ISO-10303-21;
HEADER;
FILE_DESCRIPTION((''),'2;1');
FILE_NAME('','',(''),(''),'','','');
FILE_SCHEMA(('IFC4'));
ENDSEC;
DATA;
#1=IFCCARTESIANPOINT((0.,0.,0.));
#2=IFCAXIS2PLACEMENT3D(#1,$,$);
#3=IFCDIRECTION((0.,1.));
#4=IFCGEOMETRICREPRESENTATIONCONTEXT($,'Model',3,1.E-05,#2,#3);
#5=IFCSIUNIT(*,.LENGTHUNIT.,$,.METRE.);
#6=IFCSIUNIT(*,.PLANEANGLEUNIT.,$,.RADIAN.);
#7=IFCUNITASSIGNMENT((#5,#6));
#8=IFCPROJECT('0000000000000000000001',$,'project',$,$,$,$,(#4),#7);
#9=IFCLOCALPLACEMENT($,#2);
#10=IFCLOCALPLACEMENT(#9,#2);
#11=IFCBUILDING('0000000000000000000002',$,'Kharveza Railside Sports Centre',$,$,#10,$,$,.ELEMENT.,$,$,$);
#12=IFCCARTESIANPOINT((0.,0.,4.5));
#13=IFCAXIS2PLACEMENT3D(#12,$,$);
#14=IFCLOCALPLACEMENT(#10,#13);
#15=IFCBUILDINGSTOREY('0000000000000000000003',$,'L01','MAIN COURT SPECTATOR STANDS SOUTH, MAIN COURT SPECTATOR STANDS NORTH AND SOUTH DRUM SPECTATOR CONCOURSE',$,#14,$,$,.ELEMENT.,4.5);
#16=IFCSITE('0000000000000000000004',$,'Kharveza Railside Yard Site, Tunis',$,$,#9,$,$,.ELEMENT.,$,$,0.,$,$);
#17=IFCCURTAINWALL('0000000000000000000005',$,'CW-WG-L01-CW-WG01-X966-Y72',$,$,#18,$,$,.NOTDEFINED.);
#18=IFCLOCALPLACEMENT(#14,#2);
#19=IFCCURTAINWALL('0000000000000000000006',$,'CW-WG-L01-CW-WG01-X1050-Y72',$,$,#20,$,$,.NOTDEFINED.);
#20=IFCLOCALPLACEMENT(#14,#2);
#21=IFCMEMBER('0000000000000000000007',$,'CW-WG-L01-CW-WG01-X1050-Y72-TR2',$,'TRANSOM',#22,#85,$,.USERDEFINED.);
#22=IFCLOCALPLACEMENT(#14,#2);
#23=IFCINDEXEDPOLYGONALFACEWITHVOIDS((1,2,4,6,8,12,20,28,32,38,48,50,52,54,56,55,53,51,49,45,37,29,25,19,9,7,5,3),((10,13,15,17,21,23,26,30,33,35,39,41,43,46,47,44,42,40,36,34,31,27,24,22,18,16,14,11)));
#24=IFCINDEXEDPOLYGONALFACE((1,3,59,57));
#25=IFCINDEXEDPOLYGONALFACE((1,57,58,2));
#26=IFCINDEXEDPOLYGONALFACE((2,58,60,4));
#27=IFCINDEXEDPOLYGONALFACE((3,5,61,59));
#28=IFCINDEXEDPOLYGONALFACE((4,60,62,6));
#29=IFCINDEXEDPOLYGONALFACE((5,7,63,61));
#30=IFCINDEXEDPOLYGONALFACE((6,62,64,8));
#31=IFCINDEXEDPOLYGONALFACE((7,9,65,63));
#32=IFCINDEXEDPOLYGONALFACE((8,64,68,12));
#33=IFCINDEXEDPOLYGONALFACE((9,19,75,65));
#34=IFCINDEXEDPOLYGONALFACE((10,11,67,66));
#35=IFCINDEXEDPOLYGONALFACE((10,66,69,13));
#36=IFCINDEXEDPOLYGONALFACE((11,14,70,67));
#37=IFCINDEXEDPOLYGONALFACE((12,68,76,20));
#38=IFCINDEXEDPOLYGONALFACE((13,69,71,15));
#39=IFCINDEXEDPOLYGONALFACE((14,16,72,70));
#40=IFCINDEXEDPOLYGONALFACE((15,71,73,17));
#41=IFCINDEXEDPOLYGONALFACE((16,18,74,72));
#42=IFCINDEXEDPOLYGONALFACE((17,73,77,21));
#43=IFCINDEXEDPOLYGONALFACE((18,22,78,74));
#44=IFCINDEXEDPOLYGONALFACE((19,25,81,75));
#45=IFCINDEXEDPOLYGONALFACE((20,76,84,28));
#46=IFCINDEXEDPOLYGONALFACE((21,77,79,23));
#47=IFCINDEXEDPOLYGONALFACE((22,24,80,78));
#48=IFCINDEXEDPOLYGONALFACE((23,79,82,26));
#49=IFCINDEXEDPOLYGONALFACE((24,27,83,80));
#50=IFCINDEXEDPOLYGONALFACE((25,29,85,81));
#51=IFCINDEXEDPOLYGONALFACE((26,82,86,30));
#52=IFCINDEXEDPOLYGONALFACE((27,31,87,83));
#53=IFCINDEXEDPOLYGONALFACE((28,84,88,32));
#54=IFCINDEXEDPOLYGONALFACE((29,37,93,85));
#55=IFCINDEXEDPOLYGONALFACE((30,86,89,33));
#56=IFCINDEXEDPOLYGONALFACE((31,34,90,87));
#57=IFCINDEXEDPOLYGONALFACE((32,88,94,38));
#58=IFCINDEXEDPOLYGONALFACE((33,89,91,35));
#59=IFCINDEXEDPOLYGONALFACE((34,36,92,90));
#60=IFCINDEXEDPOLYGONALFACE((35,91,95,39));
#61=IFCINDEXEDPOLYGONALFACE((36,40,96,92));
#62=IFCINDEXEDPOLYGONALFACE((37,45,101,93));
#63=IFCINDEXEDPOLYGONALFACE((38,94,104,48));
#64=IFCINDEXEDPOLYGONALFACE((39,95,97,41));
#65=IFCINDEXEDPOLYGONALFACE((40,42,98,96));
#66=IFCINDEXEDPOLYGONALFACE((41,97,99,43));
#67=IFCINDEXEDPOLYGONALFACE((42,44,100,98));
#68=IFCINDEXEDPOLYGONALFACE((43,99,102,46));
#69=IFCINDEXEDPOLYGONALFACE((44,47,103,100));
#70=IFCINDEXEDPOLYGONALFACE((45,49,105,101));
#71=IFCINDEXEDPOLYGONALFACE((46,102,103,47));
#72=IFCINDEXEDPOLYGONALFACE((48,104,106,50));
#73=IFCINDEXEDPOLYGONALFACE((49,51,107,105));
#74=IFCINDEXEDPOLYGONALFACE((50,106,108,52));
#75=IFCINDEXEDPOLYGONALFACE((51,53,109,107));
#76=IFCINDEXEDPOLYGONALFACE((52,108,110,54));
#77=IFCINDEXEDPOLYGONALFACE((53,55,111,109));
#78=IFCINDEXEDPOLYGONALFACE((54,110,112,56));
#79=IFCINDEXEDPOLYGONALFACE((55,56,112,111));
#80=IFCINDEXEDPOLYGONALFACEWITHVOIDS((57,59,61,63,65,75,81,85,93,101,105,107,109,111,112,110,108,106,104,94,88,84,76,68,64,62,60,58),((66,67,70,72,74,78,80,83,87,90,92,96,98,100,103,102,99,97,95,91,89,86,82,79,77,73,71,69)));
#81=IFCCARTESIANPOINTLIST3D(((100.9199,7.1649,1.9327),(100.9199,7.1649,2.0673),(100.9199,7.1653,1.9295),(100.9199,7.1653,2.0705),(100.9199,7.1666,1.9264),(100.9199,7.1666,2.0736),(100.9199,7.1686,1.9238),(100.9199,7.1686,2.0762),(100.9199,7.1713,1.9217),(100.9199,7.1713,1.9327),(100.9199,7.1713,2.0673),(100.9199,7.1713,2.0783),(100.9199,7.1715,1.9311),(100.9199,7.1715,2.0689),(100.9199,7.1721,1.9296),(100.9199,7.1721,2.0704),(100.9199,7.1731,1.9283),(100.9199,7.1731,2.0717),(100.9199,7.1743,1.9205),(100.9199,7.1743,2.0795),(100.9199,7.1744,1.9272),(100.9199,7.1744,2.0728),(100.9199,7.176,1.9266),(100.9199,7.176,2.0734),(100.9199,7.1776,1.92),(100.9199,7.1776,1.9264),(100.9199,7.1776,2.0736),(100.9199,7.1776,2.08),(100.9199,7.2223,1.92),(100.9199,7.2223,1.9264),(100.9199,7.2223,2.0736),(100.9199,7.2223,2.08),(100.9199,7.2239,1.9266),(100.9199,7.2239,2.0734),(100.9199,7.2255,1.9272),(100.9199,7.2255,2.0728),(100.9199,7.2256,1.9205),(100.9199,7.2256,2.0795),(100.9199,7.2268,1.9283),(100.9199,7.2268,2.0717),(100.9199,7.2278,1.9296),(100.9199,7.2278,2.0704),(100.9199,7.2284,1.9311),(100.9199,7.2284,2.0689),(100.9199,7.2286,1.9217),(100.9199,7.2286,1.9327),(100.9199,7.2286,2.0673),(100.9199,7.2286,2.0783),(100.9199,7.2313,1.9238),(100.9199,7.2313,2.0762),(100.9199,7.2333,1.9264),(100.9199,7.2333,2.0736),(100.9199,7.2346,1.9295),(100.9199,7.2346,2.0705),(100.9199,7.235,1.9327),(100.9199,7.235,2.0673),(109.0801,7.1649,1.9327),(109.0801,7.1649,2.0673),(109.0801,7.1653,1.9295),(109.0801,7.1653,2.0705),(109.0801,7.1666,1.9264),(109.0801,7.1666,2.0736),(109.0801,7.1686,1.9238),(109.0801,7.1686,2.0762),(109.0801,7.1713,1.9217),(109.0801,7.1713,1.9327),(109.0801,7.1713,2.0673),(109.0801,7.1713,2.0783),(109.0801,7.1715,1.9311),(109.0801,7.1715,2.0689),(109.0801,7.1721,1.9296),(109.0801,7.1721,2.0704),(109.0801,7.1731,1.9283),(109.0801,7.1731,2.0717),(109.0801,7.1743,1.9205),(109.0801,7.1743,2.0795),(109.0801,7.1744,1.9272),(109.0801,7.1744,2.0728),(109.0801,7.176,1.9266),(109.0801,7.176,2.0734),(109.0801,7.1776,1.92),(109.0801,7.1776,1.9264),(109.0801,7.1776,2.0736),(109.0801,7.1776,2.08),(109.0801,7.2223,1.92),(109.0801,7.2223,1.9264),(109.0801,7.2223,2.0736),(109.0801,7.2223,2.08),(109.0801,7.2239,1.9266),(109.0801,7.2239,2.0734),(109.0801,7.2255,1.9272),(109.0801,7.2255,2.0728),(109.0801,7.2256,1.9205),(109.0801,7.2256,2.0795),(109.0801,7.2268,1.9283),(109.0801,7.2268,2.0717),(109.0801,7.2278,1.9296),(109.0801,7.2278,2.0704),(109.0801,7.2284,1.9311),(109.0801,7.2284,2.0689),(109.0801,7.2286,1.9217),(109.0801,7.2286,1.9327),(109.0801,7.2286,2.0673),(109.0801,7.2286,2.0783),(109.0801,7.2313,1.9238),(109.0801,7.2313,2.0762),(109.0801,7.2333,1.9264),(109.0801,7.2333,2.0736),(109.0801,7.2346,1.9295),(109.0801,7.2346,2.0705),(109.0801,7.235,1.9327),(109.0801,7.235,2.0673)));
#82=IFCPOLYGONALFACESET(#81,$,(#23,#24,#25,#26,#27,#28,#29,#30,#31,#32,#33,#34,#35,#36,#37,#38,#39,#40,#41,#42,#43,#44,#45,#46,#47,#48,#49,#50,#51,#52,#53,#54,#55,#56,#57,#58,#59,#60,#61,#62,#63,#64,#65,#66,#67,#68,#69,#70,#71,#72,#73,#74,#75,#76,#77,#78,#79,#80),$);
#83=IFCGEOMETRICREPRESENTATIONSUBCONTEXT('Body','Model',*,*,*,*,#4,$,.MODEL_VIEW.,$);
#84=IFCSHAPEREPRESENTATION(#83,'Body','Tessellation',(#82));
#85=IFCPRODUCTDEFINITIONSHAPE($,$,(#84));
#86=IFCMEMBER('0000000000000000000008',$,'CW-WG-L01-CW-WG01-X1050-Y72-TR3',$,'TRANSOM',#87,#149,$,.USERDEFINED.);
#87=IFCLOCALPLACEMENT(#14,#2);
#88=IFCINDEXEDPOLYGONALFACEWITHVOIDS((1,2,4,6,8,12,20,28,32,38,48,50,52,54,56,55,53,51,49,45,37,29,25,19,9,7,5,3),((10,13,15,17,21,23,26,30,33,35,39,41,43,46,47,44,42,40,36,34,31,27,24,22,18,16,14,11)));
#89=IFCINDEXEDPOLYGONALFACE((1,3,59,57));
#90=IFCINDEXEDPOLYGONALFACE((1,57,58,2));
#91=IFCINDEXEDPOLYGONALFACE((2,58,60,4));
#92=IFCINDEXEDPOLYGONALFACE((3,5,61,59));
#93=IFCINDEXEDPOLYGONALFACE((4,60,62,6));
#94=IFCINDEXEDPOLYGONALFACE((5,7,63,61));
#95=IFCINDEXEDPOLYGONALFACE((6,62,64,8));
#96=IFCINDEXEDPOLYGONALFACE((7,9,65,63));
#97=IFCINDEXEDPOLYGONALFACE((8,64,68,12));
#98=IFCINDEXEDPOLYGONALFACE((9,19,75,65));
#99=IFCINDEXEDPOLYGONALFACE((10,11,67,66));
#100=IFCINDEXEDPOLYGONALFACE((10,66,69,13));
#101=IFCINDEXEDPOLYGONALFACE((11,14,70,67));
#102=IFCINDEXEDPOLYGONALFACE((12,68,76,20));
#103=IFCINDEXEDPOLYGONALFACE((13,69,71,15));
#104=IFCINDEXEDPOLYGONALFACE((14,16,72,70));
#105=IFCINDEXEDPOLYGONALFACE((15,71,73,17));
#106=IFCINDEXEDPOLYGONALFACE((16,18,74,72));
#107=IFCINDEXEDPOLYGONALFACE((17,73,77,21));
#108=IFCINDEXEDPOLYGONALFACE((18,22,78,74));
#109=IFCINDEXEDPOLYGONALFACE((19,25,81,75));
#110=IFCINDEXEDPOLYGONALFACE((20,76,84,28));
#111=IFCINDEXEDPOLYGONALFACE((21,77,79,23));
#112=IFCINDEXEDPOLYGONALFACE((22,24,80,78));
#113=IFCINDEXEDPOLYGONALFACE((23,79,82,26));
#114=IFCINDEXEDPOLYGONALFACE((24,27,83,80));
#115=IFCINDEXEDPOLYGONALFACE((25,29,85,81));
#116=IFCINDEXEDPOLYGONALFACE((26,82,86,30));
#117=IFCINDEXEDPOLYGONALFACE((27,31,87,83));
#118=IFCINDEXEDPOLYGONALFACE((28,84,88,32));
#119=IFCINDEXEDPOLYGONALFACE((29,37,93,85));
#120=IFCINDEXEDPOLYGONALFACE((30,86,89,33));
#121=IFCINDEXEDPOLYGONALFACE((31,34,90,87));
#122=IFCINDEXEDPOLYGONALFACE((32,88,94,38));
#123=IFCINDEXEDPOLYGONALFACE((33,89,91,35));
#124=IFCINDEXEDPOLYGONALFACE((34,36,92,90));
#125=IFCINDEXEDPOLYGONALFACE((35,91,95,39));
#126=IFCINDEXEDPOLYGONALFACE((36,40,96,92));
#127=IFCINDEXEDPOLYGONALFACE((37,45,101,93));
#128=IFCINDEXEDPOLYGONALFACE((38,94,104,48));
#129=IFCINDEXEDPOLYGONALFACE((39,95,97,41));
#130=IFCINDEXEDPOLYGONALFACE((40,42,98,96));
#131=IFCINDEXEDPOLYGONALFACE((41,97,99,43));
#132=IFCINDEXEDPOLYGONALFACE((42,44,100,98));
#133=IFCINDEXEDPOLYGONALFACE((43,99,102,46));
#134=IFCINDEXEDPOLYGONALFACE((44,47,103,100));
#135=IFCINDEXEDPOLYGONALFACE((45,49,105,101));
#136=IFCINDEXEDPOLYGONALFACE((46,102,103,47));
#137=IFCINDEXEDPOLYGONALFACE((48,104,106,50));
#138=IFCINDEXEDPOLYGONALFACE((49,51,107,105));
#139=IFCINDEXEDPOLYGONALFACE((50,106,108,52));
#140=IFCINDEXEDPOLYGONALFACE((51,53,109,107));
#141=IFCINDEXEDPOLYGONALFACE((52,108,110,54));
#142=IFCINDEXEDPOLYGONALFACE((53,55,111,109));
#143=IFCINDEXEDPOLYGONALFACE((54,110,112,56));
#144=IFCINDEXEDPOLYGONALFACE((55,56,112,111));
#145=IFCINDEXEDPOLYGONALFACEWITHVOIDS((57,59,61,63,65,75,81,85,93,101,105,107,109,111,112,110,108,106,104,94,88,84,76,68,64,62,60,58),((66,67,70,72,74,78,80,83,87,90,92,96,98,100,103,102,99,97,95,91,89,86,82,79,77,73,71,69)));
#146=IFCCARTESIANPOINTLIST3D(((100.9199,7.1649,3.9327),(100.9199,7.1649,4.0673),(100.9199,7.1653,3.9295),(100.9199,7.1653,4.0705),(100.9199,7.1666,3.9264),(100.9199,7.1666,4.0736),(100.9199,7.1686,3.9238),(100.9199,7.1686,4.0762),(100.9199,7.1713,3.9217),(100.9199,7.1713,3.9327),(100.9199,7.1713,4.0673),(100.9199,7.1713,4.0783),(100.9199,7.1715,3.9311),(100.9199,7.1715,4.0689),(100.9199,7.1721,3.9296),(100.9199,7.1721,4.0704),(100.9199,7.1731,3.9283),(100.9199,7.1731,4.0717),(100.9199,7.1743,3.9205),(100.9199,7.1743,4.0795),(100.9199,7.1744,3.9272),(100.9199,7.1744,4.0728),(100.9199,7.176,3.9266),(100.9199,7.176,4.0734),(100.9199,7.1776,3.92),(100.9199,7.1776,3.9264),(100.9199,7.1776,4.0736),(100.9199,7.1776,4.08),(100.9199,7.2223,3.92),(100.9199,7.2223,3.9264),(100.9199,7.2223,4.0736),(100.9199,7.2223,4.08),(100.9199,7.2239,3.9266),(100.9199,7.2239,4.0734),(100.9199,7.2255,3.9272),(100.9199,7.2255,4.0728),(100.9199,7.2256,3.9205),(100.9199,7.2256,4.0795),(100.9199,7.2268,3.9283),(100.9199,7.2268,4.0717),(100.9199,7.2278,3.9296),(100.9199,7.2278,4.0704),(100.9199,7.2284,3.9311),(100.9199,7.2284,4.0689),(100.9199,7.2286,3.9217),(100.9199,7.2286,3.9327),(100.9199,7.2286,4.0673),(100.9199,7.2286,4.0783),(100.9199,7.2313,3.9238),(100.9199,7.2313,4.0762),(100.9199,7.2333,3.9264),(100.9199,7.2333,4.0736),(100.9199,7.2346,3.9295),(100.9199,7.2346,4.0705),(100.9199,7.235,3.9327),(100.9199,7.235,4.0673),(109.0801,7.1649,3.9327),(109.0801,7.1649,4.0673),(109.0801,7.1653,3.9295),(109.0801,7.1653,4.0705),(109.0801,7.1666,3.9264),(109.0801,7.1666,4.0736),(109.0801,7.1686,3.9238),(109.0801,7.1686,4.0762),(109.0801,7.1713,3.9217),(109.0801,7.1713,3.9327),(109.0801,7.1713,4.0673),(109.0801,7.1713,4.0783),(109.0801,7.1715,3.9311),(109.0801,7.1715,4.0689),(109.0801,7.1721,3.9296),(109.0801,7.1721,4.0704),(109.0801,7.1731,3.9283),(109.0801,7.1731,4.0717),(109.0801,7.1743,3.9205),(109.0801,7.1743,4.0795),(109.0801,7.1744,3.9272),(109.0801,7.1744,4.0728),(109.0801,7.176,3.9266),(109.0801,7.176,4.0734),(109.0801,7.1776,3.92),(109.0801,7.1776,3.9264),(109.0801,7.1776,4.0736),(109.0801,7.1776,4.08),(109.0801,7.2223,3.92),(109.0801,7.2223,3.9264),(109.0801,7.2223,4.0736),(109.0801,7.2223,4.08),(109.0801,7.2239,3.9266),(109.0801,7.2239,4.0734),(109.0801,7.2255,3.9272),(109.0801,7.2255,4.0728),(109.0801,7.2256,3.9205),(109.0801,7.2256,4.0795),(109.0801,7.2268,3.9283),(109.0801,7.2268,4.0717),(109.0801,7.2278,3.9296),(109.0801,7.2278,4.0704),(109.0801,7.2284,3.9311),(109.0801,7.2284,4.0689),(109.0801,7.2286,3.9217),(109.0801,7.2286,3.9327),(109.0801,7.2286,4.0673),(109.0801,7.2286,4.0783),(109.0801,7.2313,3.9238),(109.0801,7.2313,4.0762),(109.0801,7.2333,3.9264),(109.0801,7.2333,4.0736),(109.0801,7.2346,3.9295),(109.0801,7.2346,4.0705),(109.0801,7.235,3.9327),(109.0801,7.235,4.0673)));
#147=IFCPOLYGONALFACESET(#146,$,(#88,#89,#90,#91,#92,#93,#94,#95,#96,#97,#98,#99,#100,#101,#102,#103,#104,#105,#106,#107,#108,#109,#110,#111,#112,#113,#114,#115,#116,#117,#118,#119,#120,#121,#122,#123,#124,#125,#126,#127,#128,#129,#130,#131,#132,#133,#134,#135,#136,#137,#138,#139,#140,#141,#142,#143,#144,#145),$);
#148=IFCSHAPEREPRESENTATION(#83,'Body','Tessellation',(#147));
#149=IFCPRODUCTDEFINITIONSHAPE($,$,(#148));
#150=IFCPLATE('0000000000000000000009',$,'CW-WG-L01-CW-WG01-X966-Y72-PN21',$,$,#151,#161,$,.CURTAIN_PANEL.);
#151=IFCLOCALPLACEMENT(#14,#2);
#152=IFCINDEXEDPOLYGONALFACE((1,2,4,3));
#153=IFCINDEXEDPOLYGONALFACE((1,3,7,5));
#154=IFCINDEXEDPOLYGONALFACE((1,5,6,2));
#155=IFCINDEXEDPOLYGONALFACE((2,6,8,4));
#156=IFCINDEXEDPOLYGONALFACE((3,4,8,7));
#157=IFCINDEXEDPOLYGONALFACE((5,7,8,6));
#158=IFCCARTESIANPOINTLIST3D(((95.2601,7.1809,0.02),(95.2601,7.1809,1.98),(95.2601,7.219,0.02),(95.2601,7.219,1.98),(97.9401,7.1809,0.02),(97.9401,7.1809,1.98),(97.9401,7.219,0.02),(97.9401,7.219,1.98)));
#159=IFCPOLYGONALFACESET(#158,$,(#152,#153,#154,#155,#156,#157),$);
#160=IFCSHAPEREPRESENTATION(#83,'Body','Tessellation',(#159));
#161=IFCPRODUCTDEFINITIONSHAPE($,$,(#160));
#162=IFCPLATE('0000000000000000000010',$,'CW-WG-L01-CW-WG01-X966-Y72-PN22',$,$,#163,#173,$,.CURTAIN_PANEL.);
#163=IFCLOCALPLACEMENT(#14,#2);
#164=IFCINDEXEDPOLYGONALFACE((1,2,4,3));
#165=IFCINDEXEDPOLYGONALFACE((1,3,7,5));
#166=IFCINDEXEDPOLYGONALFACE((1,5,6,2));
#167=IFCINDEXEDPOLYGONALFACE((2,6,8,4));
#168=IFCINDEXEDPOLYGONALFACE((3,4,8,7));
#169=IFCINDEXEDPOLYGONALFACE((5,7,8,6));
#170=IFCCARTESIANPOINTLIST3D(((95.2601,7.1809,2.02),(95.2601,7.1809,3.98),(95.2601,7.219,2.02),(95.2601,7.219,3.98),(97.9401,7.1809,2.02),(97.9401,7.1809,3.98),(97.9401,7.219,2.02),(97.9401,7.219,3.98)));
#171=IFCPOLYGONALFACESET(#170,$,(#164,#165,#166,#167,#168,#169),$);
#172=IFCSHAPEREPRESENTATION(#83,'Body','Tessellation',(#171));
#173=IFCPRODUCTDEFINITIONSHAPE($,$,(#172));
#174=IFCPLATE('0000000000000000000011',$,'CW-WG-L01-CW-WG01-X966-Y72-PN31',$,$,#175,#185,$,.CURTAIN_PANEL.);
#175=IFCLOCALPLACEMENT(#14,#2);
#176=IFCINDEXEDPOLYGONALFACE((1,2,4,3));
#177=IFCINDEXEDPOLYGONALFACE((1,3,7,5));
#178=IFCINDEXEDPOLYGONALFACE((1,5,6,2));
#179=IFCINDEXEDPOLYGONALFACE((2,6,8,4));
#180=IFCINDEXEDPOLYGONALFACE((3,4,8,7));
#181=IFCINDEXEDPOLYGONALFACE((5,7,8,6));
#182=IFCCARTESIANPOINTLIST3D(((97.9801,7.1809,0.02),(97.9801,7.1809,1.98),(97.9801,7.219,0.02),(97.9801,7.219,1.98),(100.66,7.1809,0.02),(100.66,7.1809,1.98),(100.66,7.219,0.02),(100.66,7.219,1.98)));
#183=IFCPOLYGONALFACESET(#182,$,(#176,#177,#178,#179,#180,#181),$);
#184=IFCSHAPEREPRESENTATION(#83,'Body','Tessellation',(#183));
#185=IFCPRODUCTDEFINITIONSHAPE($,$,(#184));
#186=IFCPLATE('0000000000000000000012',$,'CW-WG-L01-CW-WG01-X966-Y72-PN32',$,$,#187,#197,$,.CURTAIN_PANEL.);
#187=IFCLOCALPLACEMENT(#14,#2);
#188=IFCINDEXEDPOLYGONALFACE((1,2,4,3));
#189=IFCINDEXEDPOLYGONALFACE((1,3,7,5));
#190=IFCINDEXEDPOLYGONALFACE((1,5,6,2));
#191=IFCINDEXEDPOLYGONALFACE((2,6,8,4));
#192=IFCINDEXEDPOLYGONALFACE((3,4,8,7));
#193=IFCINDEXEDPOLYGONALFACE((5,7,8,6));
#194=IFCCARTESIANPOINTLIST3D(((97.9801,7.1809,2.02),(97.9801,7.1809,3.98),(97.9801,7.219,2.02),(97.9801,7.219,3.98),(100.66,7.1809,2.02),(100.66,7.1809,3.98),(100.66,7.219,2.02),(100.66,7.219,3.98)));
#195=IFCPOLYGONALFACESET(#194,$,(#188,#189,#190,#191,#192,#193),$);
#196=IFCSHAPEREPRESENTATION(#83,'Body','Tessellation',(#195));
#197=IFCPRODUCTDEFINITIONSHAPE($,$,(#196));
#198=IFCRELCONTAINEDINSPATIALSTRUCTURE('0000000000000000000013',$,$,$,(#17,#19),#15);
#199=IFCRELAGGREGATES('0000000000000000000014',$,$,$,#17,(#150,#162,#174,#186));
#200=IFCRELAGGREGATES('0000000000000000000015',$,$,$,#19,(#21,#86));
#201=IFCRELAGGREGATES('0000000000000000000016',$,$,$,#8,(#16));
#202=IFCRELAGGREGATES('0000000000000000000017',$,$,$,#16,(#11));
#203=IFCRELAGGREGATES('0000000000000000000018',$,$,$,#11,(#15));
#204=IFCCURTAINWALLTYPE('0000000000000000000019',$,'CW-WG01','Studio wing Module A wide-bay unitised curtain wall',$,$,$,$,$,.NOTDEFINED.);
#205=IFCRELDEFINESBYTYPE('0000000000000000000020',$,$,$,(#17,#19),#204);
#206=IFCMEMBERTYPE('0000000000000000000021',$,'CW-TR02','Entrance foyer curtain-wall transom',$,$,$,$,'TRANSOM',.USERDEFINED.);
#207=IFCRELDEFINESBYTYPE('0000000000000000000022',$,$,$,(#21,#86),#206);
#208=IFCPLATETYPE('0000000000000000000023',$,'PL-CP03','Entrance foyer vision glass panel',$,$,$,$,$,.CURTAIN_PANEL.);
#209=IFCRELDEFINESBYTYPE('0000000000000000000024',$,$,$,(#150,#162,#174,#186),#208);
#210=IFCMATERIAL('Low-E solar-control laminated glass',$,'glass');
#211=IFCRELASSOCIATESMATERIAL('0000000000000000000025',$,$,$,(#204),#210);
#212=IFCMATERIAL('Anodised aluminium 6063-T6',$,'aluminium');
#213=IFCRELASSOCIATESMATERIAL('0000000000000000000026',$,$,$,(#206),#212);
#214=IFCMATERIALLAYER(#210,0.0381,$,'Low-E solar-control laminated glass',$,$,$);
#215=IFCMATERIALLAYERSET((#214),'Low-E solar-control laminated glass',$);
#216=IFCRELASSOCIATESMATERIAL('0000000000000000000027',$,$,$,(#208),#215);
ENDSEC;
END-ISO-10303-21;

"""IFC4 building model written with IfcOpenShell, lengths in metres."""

from ifc_helpers import new_model, si_unit, direction, frame, origin, origin_2d, place, context, subcontext, project, spatial, rectangle, hollow_rectangle, extrude, material, layer, layer_set, material_profile, profile_set, type_object, element, aggregate, save


model = new_model("IFC4")

# Units and contexts
model_context = context("Model", 3, precision=1e-05, world=origin(), true_north=direction((0.0, 1.0)))
body_context = subcontext(model_context, "Body", "Model", "MODEL_VIEW")
ifc_project = project(units=[si_unit("LENGTHUNIT", "METRE"), si_unit("PLANEANGLEUNIT", "RADIAN")], contexts=[model_context])

# Site, building, storey
site_placement = place(None, origin())
site = spatial("IfcSite", under=ifc_project, at=site_placement, Name="Kharveza Railside Yard Site, Tunis", CompositionType="ELEMENT", RefElevation=0.0)
building_placement = place(site_placement, origin())
building = spatial("IfcBuilding", under=site, at=building_placement, Name="Kharveza Railside Sports Centre", CompositionType="ELEMENT")
storey_placement = place(building_placement, frame((0.0, 0.0, 4.5)))
storey = spatial("IfcBuildingStorey", under=building, at=storey_placement, Name="L01", Description="MAIN COURT SPECTATOR STANDS SOUTH, MAIN COURT SPECTATOR STANDS NORTH AND SOUTH DRUM SPECTATOR CONCOURSE", CompositionType="ELEMENT", Elevation=4.5)

# Curtain walls, members
ifc_material_1 = material(Name="Low-E solar-control laminated glass", Category="glass")
curtain_wall_type = type_object("IfcCurtainWallType", Name="CW-WG01", Description="Studio wing Module A wide-bay unitised curtain wall", PredefinedType="NOTDEFINED", material=ifc_material_1)
curtain_wall_1_placement = place(storey_placement, origin())
curtain_wall_1 = element("IfcCurtainWall", 1, at=curtain_wall_1_placement, inside=storey, type_object=curtain_wall_type, Name="CW-WG-L01-CW-WG01-X966-Y72", PredefinedType="NOTDEFINED")
ifc_material_2 = material(Name="Anodised aluminium 6063-T6", Category="aluminium")
curtain_wall_2_placement = place(storey_placement, origin())
curtain_wall_2 = element("IfcCurtainWall", 2, at=curtain_wall_2_placement, inside=storey, type_object=curtain_wall_type, Name="CW-WG-L01-CW-WG01-X1050-Y72", PredefinedType="NOTDEFINED")
ifc_material_profile_1 = material_profile(ifc_material_2, hollow_rectangle(XDim=0.0701, YDim=0.1599, WallThickness=0.0063, InnerFilletRadius=0.0063, OuterFilletRadius=0.0127, at=origin_2d()), Name="RHS 70x160x6.3")
ifc_profile_set_1 = profile_set([ifc_material_profile_1], Name="Anodised aluminium 6063-T6")
member_type_1 = type_object("IfcMemberType", Name="CW-TR02", Description="Entrance foyer curtain-wall transom", ElementType="TRANSOM", PredefinedType="USERDEFINED", material=ifc_profile_set_1)
member_1_placement = place(storey_placement, frame((100.9199, 7.2, 2.0), z_axis=(1.0, 0.0, 0.0), x_axis=(0.0, 1.0, 0.0)))
member_1 = element("IfcMember", 3, at=member_1_placement, type_object=member_type_1, Name="CW-WG-L01-CW-WG01-X1050-Y72-TR2", ObjectType="TRANSOM", PredefinedType="USERDEFINED", context=body_context, shape_type="SweptSolid", body=[
    extrude(hollow_rectangle(XDim=0.0701, YDim=0.1599, WallThickness=0.0063, InnerFilletRadius=0.0063, OuterFilletRadius=0.0127, at=origin_2d()), origin(), (0.0, 0.0, 1.0), 8.1602),
])
member_2_placement = place(storey_placement, frame((100.9199, 7.2, 4.0), z_axis=(1.0, 0.0, 0.0), x_axis=(0.0, 1.0, 0.0)))
member_2 = element("IfcMember", 4, at=member_2_placement, type_object=member_type_1, Name="CW-WG-L01-CW-WG01-X1050-Y72-TR3", ObjectType="TRANSOM", PredefinedType="USERDEFINED", context=body_context, shape_type="SweptSolid", body=[
    extrude(hollow_rectangle(XDim=0.0701, YDim=0.1599, WallThickness=0.0063, InnerFilletRadius=0.0063, OuterFilletRadius=0.0127, at=origin_2d()), origin(), (0.0, 0.0, 1.0), 8.1602),
])

# Plates
ifc_layer_1 = layer(ifc_material_1, 0.0381, Name="Low-E solar-control laminated glass")
ifc_layer_set_1 = layer_set([ifc_layer_1], Name="Low-E solar-control laminated glass")
plate_type_1 = type_object("IfcPlateType", Name="PL-CP03", Description="Entrance foyer vision glass panel", PredefinedType="CURTAIN_PANEL", material=ifc_layer_set_1)
plate_1_placement = place(storey_placement, frame((96.6001, 7.2, 0.02), z_axis=(0.0, 0.0, 1.0), x_axis=(1.0, 0.0, 0.0)))
plate_1 = element("IfcPlate", 5, at=plate_1_placement, type_object=plate_type_1, Name="CW-WG-L01-CW-WG01-X966-Y72-PN21", PredefinedType="CURTAIN_PANEL", context=body_context, shape_type="SweptSolid", body=[
    extrude(rectangle(XDim=2.6799, YDim=0.0381, at=origin_2d()), origin(), (0.0, 0.0, 1.0), 1.96),
])
plate_2_placement = place(storey_placement, frame((96.6001, 7.2, 2.02), z_axis=(0.0, 0.0, 1.0), x_axis=(1.0, 0.0, 0.0)))
plate_2 = element("IfcPlate", 6, at=plate_2_placement, type_object=plate_type_1, Name="CW-WG-L01-CW-WG01-X966-Y72-PN22", PredefinedType="CURTAIN_PANEL", context=body_context, shape_type="SweptSolid", body=[
    extrude(rectangle(XDim=2.6799, YDim=0.0381, at=origin_2d()), origin(), (0.0, 0.0, 1.0), 1.96),
])
plate_3_placement = place(storey_placement, frame((99.3201, 7.2, 0.02), z_axis=(0.0, 0.0, 1.0), x_axis=(1.0, 0.0, 0.0)))
plate_3 = element("IfcPlate", 7, at=plate_3_placement, type_object=plate_type_1, Name="CW-WG-L01-CW-WG01-X966-Y72-PN31", PredefinedType="CURTAIN_PANEL", context=body_context, shape_type="SweptSolid", body=[
    extrude(rectangle(XDim=2.6799, YDim=0.0381, at=origin_2d()), origin(), (0.0, 0.0, 1.0), 1.96),
])
plate_4_placement = place(storey_placement, frame((99.3201, 7.2, 2.02), z_axis=(0.0, 0.0, 1.0), x_axis=(1.0, 0.0, 0.0)))
plate_4 = element("IfcPlate", 8, at=plate_4_placement, type_object=plate_type_1, Name="CW-WG-L01-CW-WG01-X966-Y72-PN32", PredefinedType="CURTAIN_PANEL", context=body_context, shape_type="SweptSolid", body=[
    extrude(rectangle(XDim=2.6799, YDim=0.0381, at=origin_2d()), origin(), (0.0, 0.0, 1.0), 1.96),
])
aggregate(curtain_wall_1, [plate_1, plate_2, plate_3, plate_4])
aggregate(curtain_wall_2, [member_1, member_2])

save(model, "model.ifc")
